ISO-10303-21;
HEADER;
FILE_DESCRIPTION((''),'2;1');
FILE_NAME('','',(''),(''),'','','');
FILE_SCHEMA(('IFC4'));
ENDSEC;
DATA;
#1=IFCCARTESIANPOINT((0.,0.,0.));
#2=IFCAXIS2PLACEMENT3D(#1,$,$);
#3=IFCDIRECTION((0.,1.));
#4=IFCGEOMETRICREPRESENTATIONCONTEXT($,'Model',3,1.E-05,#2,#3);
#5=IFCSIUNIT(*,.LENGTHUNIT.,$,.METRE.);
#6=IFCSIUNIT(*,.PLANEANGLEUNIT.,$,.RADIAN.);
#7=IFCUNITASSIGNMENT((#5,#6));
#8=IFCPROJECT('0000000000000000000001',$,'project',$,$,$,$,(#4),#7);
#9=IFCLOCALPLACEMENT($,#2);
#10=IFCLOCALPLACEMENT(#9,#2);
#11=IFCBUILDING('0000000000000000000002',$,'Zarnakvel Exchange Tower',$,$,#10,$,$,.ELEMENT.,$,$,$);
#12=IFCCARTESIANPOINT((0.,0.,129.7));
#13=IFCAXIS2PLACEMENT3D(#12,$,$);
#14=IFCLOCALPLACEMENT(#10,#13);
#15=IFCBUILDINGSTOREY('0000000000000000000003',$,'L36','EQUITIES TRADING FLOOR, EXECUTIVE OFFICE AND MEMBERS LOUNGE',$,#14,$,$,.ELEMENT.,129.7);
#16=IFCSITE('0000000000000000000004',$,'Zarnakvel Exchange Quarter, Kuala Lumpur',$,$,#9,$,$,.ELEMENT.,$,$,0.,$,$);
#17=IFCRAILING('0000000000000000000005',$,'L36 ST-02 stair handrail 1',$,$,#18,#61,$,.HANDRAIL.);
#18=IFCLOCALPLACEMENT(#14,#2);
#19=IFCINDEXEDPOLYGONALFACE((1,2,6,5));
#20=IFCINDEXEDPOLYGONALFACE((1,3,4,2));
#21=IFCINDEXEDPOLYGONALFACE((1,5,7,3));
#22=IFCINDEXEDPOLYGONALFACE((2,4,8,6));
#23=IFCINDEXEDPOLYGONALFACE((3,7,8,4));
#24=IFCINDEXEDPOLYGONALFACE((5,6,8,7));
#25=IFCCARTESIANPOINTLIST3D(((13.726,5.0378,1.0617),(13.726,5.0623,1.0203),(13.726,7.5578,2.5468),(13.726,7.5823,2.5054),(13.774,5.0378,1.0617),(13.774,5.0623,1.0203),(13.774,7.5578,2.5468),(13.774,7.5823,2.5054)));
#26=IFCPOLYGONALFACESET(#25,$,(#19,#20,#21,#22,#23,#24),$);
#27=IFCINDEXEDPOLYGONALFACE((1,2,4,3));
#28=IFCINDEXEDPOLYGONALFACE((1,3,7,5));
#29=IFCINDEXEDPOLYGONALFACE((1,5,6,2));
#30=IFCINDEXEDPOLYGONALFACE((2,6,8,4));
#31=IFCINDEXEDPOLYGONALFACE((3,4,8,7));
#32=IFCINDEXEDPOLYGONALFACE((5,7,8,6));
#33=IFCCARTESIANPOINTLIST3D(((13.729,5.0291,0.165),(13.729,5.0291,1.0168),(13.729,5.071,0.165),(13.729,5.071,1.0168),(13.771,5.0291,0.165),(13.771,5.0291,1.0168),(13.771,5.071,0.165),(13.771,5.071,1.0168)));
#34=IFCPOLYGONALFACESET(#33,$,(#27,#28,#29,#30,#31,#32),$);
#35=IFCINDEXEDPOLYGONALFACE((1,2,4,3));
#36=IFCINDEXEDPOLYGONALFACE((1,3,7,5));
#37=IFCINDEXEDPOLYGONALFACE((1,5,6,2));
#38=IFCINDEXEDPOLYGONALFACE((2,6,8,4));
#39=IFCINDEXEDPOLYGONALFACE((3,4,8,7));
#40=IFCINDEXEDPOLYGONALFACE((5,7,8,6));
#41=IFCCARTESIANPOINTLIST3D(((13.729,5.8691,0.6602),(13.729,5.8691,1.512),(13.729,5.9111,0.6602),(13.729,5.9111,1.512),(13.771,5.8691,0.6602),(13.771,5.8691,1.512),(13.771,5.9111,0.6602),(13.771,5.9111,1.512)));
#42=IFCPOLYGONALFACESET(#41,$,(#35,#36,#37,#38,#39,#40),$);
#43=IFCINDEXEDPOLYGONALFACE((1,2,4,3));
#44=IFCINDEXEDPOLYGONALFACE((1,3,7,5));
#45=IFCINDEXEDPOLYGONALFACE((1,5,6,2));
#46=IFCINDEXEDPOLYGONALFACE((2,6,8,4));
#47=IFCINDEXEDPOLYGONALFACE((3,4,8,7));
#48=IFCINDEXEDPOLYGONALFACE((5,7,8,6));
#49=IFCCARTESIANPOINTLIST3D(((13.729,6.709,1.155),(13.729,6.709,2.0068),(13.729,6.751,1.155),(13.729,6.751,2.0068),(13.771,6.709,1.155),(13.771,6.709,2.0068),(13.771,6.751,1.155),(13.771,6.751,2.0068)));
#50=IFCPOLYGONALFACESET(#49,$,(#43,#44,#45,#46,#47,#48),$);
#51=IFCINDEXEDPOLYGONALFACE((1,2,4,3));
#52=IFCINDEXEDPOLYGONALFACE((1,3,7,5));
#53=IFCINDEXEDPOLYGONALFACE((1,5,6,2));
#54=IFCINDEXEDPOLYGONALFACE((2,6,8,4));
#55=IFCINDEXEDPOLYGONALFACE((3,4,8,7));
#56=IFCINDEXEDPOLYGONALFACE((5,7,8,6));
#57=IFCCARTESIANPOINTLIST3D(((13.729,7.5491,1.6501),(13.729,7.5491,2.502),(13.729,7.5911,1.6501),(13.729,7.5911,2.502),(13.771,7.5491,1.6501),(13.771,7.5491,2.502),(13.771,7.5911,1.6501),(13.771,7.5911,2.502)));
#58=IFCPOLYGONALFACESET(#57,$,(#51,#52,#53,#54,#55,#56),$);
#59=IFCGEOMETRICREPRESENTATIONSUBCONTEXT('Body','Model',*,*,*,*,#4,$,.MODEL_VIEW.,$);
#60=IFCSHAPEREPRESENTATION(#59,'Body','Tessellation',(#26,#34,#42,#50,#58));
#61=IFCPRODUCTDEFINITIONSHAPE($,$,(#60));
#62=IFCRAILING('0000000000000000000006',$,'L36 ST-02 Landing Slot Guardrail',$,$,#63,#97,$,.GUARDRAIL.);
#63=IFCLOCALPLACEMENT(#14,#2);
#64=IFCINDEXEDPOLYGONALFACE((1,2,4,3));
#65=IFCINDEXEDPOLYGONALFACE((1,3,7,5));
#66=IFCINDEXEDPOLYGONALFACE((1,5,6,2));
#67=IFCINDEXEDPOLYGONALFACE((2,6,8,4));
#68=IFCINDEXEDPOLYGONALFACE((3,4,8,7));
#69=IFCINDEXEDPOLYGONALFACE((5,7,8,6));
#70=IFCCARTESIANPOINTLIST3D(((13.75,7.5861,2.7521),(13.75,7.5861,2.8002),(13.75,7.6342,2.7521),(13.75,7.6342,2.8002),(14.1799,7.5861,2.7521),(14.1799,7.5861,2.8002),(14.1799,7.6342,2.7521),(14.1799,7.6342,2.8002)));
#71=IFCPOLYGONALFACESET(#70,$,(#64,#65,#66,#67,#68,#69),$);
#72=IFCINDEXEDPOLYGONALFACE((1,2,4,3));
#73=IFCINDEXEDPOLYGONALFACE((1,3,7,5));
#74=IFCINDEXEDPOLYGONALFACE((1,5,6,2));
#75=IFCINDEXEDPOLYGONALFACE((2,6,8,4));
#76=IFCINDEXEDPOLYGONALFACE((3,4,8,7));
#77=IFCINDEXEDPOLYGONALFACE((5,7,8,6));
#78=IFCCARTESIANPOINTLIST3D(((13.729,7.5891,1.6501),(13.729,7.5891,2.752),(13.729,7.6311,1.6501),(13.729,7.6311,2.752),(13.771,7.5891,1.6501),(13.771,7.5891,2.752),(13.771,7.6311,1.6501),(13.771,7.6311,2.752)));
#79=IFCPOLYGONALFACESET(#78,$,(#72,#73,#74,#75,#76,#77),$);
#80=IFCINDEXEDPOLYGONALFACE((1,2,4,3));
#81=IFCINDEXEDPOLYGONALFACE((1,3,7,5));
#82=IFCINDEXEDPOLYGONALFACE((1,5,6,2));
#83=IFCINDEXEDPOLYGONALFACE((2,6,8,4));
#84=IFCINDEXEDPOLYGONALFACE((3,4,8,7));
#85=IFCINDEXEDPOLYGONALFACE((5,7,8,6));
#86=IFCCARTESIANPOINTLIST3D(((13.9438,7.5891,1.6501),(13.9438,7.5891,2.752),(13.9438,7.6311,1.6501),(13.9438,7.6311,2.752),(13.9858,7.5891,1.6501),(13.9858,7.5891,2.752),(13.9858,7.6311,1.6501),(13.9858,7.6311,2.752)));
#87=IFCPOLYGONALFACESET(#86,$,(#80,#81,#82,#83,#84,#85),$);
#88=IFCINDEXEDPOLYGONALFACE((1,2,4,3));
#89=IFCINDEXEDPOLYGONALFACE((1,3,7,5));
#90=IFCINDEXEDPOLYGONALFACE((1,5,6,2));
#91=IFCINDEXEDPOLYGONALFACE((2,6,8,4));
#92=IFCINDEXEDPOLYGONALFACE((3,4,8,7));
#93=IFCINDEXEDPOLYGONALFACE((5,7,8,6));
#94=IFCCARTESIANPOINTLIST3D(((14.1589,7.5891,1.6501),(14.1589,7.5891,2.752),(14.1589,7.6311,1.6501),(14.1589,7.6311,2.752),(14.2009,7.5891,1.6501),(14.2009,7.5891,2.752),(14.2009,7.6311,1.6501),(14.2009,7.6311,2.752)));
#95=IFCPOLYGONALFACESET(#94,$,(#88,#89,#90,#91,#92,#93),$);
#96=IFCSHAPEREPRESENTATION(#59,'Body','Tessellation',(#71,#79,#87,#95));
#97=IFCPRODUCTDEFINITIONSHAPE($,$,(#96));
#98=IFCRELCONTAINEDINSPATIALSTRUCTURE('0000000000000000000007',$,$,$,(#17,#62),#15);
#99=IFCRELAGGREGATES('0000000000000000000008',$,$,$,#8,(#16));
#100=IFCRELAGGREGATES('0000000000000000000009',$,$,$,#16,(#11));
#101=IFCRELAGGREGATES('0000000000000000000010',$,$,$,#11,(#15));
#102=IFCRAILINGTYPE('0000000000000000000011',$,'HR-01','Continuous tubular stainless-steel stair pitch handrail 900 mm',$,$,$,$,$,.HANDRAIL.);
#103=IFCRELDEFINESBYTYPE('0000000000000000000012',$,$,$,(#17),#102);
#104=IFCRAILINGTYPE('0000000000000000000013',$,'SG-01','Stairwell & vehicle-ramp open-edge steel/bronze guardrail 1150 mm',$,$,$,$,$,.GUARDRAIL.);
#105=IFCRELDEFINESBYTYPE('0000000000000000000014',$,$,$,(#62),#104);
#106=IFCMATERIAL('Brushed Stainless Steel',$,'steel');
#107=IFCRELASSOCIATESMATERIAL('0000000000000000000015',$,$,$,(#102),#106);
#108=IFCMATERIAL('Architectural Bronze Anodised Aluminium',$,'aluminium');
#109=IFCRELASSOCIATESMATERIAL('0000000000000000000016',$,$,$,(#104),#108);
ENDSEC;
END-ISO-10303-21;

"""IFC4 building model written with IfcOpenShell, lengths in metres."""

from ifc_helpers import new_model, si_unit, direction, frame, origin, origin_2d, place, context, subcontext, project, spatial, rectangle, extrude, material, type_object, element, save


model = new_model("IFC4")

# Units and contexts
model_context = context("Model", 3, precision=1e-05, world=origin(), true_north=direction((0.0, 1.0)))
body_context = subcontext(model_context, "Body", "Model", "MODEL_VIEW")
ifc_project = project(units=[si_unit("LENGTHUNIT", "METRE"), si_unit("PLANEANGLEUNIT", "RADIAN")], contexts=[model_context])

# Site, building, storey
site_placement = place(None, origin())
site = spatial("IfcSite", under=ifc_project, at=site_placement, Name="Zarnakvel Exchange Quarter, Kuala Lumpur", CompositionType="ELEMENT", RefElevation=0.0)
building_placement = place(site_placement, origin())
building = spatial("IfcBuilding", under=site, at=building_placement, Name="Zarnakvel Exchange Tower", CompositionType="ELEMENT")
storey_placement = place(building_placement, frame((0.0, 0.0, 129.7)))
storey = spatial("IfcBuildingStorey", under=building, at=storey_placement, Name="L36", Description="EQUITIES TRADING FLOOR, EXECUTIVE OFFICE AND MEMBERS LOUNGE", CompositionType="ELEMENT", Elevation=129.7)

# Shared definitions
ifc_material_1 = material(Name="Architectural Bronze Anodised Aluminium", Category="aluminium")

# Railings
ifc_material_2 = material(Name="Brushed Stainless Steel", Category="steel")
railing_type_1 = type_object("IfcRailingType", Name="HR-01", Description="Continuous tubular stainless-steel stair pitch handrail 900 mm", PredefinedType="HANDRAIL", material=ifc_material_2)
railing_1_placement = place(storey_placement, frame((13.75, 5.05, 0.165)))
element("IfcRailing", 1, at=railing_1_placement, inside=storey, type_object=railing_type_1, Name="L36 ST-02 stair handrail 1", PredefinedType="HANDRAIL", context=body_context, shape_type="SweptSolid", body=[
    extrude(rectangle(XDim=0.0481, YDim=0.0481, at=origin_2d()), frame((0.0, 0.0, 0.876), z_axis=(0.0, 0.861524, 0.507717), x_axis=(-1.0, 0.0, 0.0)), (0.0, 0.0, 1.0), 2.925),
    extrude(rectangle(XDim=0.042, YDim=0.042, at=origin_2d()), origin(), (0.0, 0.0, 1.0), 0.8518),
    extrude(rectangle(XDim=0.042, YDim=0.042, at=origin_2d()), frame((0.0, 0.8401, 0.4951)), (0.0, 0.0, 1.0), 0.8518),
    extrude(rectangle(XDim=0.042, YDim=0.042, at=origin_2d()), frame((0.0, 1.6799, 0.99)), (0.0, 0.0, 1.0), 0.8518),
    extrude(rectangle(XDim=0.042, YDim=0.042, at=origin_2d()), frame((0.0, 2.52, 1.4851)), (0.0, 0.0, 1.0), 0.8518),
])
railing_type_2 = type_object("IfcRailingType", Name="SG-01", Description="Stairwell & vehicle-ramp open-edge steel/bronze guardrail 1150 mm", PredefinedType="GUARDRAIL", material=ifc_material_1)
railing_2_placement = place(storey_placement, frame((13.75, 7.6101, 1.6501)))
element("IfcRailing", 2, at=railing_2_placement, inside=storey, type_object=railing_type_2, Name="L36 ST-02 Landing Slot Guardrail", PredefinedType="GUARDRAIL", context=body_context, shape_type="SweptSolid", body=[
    extrude(rectangle(XDim=0.0481, YDim=0.0481, at=origin_2d()), frame((0.0, 0.0, 1.126), z_axis=(1.0, 0.0, 0.0), x_axis=(0.0, 1.0, 0.0)), (0.0, 0.0, 1.0), 0.4299),
    extrude(rectangle(XDim=0.042, YDim=0.042, at=origin_2d()), origin(), (0.0, 0.0, 1.0), 1.1018),
    extrude(rectangle(XDim=0.042, YDim=0.042, at=origin_2d()), frame((0.2148, 0.0, 0.0)), (0.0, 0.0, 1.0), 1.1018),
    extrude(rectangle(XDim=0.042, YDim=0.042, at=origin_2d()), frame((0.4299, 0.0, 0.0)), (0.0, 0.0, 1.0), 1.1018),
])

save(model, "model.ifc")
